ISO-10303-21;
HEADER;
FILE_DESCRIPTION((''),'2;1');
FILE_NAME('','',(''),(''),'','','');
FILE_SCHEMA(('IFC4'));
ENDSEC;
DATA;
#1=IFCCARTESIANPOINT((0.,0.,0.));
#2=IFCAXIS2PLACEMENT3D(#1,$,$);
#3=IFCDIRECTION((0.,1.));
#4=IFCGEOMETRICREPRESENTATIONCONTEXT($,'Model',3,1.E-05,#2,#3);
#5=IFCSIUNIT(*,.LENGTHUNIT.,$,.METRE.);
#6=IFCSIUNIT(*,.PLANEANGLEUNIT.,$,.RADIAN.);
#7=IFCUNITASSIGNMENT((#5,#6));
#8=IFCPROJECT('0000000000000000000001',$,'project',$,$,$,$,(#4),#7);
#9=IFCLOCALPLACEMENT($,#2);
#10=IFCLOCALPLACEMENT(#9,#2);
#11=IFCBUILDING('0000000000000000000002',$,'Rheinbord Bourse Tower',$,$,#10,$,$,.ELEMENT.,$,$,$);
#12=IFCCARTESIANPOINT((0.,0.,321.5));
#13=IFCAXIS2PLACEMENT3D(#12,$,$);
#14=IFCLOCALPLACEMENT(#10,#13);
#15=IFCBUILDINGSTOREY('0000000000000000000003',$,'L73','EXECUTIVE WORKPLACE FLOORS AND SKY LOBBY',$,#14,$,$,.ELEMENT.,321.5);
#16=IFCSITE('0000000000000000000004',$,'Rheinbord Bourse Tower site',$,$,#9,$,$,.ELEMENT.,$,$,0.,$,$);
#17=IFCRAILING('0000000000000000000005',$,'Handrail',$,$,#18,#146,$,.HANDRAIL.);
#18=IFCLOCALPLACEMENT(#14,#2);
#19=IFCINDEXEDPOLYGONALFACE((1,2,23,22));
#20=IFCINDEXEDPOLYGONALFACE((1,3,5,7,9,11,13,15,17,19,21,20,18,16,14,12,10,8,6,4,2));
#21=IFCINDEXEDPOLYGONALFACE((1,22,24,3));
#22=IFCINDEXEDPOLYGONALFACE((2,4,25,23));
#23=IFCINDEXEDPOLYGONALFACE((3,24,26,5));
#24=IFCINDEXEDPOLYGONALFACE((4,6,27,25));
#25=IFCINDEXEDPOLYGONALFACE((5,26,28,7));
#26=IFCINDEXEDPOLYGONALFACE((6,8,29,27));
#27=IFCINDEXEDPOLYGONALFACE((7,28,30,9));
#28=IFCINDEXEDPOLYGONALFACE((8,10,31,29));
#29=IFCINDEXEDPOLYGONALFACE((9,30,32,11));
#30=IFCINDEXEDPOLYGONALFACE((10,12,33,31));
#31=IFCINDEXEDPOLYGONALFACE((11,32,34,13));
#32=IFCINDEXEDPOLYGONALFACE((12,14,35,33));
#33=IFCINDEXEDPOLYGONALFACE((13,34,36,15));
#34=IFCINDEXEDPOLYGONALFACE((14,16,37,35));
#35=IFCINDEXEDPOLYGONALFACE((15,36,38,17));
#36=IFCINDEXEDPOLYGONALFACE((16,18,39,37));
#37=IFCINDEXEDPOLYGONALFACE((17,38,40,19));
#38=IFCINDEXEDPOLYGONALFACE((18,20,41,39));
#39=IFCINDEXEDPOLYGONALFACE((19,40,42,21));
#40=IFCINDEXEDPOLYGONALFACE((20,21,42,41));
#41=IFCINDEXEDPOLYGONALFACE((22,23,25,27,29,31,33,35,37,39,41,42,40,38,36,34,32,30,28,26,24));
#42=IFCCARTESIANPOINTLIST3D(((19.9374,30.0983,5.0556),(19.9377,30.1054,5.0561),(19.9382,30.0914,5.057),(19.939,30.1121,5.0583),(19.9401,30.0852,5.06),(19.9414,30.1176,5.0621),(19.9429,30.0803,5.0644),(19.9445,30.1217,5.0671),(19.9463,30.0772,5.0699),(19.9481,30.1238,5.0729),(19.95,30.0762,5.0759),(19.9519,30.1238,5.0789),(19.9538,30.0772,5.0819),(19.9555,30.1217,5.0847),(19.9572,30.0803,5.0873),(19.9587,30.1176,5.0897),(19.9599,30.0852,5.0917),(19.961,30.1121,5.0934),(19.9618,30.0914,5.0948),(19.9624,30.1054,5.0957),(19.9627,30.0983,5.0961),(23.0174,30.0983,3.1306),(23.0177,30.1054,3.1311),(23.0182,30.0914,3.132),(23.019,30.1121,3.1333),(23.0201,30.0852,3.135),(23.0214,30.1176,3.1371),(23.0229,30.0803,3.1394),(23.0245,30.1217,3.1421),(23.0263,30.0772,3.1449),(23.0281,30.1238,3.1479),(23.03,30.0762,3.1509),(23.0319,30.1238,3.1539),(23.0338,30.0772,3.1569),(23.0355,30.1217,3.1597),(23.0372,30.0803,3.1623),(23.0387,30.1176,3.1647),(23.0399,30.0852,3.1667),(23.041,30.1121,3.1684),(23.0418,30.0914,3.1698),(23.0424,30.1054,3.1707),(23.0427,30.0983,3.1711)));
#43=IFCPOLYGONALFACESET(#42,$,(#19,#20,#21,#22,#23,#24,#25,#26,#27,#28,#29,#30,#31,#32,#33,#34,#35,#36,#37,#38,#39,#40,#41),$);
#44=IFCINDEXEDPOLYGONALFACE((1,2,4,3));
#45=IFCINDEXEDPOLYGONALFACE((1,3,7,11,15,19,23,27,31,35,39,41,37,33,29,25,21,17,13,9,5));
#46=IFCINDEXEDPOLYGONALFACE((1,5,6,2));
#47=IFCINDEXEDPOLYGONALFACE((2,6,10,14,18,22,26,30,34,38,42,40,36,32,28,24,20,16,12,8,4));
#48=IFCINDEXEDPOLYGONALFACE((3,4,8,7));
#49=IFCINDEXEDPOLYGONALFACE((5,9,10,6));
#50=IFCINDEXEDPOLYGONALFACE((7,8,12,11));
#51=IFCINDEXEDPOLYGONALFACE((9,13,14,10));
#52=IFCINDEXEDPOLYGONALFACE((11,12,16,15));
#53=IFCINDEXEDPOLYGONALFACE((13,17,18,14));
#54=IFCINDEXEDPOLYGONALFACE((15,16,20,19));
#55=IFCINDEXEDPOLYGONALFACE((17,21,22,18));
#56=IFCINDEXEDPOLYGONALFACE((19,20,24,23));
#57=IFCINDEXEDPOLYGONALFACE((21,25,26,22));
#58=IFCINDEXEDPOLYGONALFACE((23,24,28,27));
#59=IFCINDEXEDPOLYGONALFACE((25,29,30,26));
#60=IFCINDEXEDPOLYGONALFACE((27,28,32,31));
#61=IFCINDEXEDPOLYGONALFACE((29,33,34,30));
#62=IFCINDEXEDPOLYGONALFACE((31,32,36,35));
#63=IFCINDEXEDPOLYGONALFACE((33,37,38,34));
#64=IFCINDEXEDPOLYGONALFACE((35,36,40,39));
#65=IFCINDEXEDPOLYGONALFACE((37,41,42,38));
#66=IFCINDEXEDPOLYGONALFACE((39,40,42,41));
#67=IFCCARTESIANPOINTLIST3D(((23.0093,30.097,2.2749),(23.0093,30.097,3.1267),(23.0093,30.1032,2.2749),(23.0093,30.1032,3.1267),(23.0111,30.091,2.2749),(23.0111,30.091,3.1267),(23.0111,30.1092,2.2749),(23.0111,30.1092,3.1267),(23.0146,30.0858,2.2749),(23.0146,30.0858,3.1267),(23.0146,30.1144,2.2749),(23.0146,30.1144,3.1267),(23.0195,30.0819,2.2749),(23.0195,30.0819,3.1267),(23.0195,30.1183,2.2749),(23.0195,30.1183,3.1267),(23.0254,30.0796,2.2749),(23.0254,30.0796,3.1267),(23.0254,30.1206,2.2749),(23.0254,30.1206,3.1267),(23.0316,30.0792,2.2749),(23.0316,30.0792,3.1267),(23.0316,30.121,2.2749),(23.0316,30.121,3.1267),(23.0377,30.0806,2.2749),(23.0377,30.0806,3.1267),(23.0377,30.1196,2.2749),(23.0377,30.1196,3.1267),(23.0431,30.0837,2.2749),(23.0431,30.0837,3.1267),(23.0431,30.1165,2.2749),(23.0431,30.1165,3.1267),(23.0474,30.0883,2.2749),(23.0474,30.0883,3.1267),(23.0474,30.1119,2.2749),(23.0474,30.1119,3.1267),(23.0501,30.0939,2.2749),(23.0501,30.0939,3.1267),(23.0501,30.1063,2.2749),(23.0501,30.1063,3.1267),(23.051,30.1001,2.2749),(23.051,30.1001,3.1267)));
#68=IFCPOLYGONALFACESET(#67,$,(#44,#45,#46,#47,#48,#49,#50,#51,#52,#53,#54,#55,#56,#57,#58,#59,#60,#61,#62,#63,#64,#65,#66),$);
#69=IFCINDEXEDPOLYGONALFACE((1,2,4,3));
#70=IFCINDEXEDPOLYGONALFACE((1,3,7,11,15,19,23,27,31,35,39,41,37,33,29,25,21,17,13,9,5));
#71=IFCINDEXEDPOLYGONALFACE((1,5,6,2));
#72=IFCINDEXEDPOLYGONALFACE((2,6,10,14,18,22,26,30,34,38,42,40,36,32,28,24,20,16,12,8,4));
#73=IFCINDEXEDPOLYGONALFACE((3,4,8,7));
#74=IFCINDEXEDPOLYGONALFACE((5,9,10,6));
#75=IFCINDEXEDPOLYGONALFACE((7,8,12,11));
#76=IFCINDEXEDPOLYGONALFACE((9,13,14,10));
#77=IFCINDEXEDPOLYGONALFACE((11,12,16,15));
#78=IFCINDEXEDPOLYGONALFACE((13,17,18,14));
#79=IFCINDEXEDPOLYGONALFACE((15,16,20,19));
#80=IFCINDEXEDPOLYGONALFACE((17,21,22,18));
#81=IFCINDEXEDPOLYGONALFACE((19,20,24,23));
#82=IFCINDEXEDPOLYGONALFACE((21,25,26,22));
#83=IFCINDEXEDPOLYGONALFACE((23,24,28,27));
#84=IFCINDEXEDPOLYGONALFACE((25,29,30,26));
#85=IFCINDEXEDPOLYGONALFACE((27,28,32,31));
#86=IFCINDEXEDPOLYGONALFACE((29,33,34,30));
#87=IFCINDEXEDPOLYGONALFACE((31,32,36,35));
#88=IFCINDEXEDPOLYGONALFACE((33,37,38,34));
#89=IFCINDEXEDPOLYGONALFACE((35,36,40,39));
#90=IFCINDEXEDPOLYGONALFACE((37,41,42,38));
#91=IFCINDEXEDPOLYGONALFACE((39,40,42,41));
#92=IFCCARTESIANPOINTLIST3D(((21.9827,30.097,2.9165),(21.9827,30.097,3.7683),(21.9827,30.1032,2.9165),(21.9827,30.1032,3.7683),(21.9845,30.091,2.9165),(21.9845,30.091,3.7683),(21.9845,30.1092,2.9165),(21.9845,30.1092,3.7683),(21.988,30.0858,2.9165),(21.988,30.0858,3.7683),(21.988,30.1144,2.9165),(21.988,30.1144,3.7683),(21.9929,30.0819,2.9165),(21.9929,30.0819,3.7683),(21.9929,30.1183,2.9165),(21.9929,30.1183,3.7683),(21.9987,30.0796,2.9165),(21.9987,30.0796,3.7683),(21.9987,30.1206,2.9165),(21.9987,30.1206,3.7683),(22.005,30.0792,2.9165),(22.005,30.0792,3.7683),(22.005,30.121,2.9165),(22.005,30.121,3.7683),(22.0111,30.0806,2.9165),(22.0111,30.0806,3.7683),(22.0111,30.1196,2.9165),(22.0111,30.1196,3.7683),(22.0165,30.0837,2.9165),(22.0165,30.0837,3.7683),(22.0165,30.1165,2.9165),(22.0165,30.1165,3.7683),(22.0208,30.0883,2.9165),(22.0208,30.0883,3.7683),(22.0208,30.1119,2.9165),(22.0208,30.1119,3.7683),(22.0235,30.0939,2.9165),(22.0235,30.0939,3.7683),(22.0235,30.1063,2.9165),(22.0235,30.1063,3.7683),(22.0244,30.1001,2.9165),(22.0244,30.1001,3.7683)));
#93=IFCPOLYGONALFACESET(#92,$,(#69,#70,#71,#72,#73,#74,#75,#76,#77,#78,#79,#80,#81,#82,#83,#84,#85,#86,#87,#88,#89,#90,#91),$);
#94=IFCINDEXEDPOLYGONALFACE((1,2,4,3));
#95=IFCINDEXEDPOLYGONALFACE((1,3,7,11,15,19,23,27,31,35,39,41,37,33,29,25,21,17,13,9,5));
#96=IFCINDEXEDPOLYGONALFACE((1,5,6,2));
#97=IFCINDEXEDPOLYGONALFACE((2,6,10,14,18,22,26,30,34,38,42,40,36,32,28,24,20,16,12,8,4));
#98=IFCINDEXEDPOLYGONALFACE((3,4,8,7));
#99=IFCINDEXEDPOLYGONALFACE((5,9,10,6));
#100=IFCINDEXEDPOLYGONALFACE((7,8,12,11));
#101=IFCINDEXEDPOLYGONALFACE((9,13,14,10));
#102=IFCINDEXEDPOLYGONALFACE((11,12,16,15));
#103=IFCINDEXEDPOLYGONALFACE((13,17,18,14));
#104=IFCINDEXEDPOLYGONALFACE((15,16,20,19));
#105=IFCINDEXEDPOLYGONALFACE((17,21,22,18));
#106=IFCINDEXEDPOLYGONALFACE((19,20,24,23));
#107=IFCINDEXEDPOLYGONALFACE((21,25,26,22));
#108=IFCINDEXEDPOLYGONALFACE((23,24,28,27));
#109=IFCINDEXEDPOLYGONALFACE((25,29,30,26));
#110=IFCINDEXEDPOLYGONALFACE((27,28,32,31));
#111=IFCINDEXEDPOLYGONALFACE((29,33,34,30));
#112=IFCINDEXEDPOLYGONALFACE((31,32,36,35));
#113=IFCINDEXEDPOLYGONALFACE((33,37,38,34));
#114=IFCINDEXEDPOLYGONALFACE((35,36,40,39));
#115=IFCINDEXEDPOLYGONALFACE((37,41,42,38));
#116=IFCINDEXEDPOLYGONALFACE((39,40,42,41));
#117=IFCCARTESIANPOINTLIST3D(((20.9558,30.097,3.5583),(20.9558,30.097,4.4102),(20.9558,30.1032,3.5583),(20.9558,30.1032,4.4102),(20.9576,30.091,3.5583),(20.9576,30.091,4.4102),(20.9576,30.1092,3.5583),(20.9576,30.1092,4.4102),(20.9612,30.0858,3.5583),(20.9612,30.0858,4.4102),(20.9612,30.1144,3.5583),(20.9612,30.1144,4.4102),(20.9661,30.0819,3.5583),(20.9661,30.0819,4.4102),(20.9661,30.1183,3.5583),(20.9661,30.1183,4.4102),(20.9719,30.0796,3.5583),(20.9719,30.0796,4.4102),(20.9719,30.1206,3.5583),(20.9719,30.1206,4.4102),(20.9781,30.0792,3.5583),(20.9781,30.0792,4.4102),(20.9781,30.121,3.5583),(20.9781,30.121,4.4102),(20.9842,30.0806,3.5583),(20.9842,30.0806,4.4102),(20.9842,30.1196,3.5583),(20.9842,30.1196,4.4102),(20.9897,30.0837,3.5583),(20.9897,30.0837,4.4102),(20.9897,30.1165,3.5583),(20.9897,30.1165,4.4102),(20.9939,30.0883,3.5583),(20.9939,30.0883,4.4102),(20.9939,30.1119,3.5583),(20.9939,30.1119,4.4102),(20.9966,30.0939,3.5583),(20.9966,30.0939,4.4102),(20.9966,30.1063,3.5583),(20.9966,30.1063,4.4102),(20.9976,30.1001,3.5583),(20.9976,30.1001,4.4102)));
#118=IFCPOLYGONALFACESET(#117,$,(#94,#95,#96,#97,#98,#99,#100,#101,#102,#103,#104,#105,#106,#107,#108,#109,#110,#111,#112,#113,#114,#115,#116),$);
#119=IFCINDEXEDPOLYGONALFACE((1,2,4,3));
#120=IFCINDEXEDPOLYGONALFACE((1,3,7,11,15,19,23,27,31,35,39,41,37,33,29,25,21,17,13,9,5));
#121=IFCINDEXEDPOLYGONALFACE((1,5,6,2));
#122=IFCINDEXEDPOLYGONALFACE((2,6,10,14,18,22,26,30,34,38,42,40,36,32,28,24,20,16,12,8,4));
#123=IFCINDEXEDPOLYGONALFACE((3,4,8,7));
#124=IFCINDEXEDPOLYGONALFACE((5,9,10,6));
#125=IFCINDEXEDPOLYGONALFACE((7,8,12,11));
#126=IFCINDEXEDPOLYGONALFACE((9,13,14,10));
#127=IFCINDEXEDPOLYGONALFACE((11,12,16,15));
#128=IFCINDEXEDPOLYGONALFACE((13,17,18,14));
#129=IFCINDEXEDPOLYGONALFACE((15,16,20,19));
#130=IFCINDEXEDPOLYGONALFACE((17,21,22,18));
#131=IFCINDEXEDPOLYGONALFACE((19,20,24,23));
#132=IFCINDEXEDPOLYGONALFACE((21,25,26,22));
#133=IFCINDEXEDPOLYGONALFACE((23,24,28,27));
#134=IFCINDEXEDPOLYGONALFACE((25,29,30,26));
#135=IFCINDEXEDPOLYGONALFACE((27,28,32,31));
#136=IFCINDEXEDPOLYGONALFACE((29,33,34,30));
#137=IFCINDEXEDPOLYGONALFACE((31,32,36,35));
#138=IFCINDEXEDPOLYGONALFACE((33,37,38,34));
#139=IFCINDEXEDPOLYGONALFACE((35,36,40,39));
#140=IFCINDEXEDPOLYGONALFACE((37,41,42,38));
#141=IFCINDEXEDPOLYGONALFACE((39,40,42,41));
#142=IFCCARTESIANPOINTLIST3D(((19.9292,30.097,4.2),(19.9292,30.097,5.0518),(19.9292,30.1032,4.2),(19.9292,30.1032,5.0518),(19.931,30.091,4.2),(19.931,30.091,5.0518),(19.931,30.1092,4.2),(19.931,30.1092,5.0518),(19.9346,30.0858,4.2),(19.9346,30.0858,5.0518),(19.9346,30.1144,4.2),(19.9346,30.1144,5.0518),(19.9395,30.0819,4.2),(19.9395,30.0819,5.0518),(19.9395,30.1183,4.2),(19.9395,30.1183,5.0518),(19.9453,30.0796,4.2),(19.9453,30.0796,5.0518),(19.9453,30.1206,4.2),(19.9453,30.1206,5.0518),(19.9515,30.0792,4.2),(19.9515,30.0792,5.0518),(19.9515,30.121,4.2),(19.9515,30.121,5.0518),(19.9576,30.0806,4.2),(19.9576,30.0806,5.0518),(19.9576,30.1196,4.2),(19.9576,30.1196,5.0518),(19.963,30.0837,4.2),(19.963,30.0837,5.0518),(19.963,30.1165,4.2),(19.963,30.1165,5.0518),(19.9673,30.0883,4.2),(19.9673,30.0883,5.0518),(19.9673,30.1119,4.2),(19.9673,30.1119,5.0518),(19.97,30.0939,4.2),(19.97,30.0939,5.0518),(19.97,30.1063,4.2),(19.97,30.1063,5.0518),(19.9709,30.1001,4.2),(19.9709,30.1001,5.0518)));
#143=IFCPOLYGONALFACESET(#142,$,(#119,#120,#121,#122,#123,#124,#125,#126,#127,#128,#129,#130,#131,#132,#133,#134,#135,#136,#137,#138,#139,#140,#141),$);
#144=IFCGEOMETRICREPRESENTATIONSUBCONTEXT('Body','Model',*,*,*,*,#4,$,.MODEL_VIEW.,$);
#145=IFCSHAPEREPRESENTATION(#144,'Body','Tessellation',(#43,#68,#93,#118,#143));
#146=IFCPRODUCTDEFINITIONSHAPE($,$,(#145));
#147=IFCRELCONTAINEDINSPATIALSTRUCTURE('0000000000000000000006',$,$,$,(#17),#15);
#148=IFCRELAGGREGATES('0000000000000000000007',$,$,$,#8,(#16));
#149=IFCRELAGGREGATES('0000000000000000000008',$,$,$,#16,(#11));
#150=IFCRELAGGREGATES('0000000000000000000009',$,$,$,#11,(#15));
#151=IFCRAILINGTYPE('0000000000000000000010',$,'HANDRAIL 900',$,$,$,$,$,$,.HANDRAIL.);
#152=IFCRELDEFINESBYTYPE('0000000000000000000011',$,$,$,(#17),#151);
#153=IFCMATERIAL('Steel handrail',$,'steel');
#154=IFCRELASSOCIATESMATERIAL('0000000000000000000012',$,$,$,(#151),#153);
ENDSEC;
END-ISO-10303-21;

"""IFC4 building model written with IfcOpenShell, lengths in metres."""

from ifc_helpers import new_model, si_unit, direction, frame, origin, origin_2d, place, context, subcontext, project, spatial, circle, extrude, material, type_object, element, save


model = new_model("IFC4")

# Units and contexts
model_context = context("Model", 3, precision=1e-05, world=origin(), true_north=direction((0.0, 1.0)))
body_context = subcontext(model_context, "Body", "Model", "MODEL_VIEW")
ifc_project = project(units=[si_unit("LENGTHUNIT", "METRE"), si_unit("PLANEANGLEUNIT", "RADIAN")], contexts=[model_context])

# Site, building, storey
site_placement = place(None, origin())
site = spatial("IfcSite", under=ifc_project, at=site_placement, Name="Rheinbord Bourse Tower site", CompositionType="ELEMENT", RefElevation=0.0)
building_placement = place(site_placement, origin())
building = spatial("IfcBuilding", under=site, at=building_placement, Name="Rheinbord Bourse Tower", CompositionType="ELEMENT")
storey_placement = place(building_placement, frame((0.0, 0.0, 321.5)))
storey = spatial("IfcBuildingStorey", under=building, at=storey_placement, Name="L73", Description="EXECUTIVE WORKPLACE FLOORS AND SKY LOBBY", CompositionType="ELEMENT", Elevation=321.5)

# Railing
ifc_material_1 = material(Name="Steel handrail", Category="steel")
railing_type = type_object("IfcRailingType", Name="HANDRAIL 900", PredefinedType="HANDRAIL", material=ifc_material_1)
railing_1_placement = place(storey_placement, frame((23.03, 30.1001, 2.2749)))
element("IfcRailing", 1, at=railing_1_placement, inside=storey, type_object=railing_type, Name="Handrail", PredefinedType="HANDRAIL", context=body_context, shape_type="SweptSolid", body=[
    extrude(circle(Radius=0.0239, at=origin_2d()), frame((0.0, 0.0, 0.876), z_axis=(-0.847998, 0.0, 0.529999), x_axis=(0.0, -1.0, 0.0)), (0.0, 0.0, 1.0), 3.6321),
    extrude(circle(Radius=0.021, at=origin_2d()), origin(), (0.0, 0.0, 1.0), 0.8518),
    extrude(circle(Radius=0.021, at=origin_2d()), frame((-1.0266, 0.0, 0.6416)), (0.0, 0.0, 1.0), 0.8518),
    extrude(circle(Radius=0.021, at=origin_2d()), frame((-2.0535, 0.0, 1.2834)), (0.0, 0.0, 1.0), 0.8518),
    extrude(circle(Radius=0.021, at=origin_2d()), frame((-3.0801, 0.0, 1.925)), (0.0, 0.0, 1.0), 0.8518),
])

save(model, "model.ifc")
